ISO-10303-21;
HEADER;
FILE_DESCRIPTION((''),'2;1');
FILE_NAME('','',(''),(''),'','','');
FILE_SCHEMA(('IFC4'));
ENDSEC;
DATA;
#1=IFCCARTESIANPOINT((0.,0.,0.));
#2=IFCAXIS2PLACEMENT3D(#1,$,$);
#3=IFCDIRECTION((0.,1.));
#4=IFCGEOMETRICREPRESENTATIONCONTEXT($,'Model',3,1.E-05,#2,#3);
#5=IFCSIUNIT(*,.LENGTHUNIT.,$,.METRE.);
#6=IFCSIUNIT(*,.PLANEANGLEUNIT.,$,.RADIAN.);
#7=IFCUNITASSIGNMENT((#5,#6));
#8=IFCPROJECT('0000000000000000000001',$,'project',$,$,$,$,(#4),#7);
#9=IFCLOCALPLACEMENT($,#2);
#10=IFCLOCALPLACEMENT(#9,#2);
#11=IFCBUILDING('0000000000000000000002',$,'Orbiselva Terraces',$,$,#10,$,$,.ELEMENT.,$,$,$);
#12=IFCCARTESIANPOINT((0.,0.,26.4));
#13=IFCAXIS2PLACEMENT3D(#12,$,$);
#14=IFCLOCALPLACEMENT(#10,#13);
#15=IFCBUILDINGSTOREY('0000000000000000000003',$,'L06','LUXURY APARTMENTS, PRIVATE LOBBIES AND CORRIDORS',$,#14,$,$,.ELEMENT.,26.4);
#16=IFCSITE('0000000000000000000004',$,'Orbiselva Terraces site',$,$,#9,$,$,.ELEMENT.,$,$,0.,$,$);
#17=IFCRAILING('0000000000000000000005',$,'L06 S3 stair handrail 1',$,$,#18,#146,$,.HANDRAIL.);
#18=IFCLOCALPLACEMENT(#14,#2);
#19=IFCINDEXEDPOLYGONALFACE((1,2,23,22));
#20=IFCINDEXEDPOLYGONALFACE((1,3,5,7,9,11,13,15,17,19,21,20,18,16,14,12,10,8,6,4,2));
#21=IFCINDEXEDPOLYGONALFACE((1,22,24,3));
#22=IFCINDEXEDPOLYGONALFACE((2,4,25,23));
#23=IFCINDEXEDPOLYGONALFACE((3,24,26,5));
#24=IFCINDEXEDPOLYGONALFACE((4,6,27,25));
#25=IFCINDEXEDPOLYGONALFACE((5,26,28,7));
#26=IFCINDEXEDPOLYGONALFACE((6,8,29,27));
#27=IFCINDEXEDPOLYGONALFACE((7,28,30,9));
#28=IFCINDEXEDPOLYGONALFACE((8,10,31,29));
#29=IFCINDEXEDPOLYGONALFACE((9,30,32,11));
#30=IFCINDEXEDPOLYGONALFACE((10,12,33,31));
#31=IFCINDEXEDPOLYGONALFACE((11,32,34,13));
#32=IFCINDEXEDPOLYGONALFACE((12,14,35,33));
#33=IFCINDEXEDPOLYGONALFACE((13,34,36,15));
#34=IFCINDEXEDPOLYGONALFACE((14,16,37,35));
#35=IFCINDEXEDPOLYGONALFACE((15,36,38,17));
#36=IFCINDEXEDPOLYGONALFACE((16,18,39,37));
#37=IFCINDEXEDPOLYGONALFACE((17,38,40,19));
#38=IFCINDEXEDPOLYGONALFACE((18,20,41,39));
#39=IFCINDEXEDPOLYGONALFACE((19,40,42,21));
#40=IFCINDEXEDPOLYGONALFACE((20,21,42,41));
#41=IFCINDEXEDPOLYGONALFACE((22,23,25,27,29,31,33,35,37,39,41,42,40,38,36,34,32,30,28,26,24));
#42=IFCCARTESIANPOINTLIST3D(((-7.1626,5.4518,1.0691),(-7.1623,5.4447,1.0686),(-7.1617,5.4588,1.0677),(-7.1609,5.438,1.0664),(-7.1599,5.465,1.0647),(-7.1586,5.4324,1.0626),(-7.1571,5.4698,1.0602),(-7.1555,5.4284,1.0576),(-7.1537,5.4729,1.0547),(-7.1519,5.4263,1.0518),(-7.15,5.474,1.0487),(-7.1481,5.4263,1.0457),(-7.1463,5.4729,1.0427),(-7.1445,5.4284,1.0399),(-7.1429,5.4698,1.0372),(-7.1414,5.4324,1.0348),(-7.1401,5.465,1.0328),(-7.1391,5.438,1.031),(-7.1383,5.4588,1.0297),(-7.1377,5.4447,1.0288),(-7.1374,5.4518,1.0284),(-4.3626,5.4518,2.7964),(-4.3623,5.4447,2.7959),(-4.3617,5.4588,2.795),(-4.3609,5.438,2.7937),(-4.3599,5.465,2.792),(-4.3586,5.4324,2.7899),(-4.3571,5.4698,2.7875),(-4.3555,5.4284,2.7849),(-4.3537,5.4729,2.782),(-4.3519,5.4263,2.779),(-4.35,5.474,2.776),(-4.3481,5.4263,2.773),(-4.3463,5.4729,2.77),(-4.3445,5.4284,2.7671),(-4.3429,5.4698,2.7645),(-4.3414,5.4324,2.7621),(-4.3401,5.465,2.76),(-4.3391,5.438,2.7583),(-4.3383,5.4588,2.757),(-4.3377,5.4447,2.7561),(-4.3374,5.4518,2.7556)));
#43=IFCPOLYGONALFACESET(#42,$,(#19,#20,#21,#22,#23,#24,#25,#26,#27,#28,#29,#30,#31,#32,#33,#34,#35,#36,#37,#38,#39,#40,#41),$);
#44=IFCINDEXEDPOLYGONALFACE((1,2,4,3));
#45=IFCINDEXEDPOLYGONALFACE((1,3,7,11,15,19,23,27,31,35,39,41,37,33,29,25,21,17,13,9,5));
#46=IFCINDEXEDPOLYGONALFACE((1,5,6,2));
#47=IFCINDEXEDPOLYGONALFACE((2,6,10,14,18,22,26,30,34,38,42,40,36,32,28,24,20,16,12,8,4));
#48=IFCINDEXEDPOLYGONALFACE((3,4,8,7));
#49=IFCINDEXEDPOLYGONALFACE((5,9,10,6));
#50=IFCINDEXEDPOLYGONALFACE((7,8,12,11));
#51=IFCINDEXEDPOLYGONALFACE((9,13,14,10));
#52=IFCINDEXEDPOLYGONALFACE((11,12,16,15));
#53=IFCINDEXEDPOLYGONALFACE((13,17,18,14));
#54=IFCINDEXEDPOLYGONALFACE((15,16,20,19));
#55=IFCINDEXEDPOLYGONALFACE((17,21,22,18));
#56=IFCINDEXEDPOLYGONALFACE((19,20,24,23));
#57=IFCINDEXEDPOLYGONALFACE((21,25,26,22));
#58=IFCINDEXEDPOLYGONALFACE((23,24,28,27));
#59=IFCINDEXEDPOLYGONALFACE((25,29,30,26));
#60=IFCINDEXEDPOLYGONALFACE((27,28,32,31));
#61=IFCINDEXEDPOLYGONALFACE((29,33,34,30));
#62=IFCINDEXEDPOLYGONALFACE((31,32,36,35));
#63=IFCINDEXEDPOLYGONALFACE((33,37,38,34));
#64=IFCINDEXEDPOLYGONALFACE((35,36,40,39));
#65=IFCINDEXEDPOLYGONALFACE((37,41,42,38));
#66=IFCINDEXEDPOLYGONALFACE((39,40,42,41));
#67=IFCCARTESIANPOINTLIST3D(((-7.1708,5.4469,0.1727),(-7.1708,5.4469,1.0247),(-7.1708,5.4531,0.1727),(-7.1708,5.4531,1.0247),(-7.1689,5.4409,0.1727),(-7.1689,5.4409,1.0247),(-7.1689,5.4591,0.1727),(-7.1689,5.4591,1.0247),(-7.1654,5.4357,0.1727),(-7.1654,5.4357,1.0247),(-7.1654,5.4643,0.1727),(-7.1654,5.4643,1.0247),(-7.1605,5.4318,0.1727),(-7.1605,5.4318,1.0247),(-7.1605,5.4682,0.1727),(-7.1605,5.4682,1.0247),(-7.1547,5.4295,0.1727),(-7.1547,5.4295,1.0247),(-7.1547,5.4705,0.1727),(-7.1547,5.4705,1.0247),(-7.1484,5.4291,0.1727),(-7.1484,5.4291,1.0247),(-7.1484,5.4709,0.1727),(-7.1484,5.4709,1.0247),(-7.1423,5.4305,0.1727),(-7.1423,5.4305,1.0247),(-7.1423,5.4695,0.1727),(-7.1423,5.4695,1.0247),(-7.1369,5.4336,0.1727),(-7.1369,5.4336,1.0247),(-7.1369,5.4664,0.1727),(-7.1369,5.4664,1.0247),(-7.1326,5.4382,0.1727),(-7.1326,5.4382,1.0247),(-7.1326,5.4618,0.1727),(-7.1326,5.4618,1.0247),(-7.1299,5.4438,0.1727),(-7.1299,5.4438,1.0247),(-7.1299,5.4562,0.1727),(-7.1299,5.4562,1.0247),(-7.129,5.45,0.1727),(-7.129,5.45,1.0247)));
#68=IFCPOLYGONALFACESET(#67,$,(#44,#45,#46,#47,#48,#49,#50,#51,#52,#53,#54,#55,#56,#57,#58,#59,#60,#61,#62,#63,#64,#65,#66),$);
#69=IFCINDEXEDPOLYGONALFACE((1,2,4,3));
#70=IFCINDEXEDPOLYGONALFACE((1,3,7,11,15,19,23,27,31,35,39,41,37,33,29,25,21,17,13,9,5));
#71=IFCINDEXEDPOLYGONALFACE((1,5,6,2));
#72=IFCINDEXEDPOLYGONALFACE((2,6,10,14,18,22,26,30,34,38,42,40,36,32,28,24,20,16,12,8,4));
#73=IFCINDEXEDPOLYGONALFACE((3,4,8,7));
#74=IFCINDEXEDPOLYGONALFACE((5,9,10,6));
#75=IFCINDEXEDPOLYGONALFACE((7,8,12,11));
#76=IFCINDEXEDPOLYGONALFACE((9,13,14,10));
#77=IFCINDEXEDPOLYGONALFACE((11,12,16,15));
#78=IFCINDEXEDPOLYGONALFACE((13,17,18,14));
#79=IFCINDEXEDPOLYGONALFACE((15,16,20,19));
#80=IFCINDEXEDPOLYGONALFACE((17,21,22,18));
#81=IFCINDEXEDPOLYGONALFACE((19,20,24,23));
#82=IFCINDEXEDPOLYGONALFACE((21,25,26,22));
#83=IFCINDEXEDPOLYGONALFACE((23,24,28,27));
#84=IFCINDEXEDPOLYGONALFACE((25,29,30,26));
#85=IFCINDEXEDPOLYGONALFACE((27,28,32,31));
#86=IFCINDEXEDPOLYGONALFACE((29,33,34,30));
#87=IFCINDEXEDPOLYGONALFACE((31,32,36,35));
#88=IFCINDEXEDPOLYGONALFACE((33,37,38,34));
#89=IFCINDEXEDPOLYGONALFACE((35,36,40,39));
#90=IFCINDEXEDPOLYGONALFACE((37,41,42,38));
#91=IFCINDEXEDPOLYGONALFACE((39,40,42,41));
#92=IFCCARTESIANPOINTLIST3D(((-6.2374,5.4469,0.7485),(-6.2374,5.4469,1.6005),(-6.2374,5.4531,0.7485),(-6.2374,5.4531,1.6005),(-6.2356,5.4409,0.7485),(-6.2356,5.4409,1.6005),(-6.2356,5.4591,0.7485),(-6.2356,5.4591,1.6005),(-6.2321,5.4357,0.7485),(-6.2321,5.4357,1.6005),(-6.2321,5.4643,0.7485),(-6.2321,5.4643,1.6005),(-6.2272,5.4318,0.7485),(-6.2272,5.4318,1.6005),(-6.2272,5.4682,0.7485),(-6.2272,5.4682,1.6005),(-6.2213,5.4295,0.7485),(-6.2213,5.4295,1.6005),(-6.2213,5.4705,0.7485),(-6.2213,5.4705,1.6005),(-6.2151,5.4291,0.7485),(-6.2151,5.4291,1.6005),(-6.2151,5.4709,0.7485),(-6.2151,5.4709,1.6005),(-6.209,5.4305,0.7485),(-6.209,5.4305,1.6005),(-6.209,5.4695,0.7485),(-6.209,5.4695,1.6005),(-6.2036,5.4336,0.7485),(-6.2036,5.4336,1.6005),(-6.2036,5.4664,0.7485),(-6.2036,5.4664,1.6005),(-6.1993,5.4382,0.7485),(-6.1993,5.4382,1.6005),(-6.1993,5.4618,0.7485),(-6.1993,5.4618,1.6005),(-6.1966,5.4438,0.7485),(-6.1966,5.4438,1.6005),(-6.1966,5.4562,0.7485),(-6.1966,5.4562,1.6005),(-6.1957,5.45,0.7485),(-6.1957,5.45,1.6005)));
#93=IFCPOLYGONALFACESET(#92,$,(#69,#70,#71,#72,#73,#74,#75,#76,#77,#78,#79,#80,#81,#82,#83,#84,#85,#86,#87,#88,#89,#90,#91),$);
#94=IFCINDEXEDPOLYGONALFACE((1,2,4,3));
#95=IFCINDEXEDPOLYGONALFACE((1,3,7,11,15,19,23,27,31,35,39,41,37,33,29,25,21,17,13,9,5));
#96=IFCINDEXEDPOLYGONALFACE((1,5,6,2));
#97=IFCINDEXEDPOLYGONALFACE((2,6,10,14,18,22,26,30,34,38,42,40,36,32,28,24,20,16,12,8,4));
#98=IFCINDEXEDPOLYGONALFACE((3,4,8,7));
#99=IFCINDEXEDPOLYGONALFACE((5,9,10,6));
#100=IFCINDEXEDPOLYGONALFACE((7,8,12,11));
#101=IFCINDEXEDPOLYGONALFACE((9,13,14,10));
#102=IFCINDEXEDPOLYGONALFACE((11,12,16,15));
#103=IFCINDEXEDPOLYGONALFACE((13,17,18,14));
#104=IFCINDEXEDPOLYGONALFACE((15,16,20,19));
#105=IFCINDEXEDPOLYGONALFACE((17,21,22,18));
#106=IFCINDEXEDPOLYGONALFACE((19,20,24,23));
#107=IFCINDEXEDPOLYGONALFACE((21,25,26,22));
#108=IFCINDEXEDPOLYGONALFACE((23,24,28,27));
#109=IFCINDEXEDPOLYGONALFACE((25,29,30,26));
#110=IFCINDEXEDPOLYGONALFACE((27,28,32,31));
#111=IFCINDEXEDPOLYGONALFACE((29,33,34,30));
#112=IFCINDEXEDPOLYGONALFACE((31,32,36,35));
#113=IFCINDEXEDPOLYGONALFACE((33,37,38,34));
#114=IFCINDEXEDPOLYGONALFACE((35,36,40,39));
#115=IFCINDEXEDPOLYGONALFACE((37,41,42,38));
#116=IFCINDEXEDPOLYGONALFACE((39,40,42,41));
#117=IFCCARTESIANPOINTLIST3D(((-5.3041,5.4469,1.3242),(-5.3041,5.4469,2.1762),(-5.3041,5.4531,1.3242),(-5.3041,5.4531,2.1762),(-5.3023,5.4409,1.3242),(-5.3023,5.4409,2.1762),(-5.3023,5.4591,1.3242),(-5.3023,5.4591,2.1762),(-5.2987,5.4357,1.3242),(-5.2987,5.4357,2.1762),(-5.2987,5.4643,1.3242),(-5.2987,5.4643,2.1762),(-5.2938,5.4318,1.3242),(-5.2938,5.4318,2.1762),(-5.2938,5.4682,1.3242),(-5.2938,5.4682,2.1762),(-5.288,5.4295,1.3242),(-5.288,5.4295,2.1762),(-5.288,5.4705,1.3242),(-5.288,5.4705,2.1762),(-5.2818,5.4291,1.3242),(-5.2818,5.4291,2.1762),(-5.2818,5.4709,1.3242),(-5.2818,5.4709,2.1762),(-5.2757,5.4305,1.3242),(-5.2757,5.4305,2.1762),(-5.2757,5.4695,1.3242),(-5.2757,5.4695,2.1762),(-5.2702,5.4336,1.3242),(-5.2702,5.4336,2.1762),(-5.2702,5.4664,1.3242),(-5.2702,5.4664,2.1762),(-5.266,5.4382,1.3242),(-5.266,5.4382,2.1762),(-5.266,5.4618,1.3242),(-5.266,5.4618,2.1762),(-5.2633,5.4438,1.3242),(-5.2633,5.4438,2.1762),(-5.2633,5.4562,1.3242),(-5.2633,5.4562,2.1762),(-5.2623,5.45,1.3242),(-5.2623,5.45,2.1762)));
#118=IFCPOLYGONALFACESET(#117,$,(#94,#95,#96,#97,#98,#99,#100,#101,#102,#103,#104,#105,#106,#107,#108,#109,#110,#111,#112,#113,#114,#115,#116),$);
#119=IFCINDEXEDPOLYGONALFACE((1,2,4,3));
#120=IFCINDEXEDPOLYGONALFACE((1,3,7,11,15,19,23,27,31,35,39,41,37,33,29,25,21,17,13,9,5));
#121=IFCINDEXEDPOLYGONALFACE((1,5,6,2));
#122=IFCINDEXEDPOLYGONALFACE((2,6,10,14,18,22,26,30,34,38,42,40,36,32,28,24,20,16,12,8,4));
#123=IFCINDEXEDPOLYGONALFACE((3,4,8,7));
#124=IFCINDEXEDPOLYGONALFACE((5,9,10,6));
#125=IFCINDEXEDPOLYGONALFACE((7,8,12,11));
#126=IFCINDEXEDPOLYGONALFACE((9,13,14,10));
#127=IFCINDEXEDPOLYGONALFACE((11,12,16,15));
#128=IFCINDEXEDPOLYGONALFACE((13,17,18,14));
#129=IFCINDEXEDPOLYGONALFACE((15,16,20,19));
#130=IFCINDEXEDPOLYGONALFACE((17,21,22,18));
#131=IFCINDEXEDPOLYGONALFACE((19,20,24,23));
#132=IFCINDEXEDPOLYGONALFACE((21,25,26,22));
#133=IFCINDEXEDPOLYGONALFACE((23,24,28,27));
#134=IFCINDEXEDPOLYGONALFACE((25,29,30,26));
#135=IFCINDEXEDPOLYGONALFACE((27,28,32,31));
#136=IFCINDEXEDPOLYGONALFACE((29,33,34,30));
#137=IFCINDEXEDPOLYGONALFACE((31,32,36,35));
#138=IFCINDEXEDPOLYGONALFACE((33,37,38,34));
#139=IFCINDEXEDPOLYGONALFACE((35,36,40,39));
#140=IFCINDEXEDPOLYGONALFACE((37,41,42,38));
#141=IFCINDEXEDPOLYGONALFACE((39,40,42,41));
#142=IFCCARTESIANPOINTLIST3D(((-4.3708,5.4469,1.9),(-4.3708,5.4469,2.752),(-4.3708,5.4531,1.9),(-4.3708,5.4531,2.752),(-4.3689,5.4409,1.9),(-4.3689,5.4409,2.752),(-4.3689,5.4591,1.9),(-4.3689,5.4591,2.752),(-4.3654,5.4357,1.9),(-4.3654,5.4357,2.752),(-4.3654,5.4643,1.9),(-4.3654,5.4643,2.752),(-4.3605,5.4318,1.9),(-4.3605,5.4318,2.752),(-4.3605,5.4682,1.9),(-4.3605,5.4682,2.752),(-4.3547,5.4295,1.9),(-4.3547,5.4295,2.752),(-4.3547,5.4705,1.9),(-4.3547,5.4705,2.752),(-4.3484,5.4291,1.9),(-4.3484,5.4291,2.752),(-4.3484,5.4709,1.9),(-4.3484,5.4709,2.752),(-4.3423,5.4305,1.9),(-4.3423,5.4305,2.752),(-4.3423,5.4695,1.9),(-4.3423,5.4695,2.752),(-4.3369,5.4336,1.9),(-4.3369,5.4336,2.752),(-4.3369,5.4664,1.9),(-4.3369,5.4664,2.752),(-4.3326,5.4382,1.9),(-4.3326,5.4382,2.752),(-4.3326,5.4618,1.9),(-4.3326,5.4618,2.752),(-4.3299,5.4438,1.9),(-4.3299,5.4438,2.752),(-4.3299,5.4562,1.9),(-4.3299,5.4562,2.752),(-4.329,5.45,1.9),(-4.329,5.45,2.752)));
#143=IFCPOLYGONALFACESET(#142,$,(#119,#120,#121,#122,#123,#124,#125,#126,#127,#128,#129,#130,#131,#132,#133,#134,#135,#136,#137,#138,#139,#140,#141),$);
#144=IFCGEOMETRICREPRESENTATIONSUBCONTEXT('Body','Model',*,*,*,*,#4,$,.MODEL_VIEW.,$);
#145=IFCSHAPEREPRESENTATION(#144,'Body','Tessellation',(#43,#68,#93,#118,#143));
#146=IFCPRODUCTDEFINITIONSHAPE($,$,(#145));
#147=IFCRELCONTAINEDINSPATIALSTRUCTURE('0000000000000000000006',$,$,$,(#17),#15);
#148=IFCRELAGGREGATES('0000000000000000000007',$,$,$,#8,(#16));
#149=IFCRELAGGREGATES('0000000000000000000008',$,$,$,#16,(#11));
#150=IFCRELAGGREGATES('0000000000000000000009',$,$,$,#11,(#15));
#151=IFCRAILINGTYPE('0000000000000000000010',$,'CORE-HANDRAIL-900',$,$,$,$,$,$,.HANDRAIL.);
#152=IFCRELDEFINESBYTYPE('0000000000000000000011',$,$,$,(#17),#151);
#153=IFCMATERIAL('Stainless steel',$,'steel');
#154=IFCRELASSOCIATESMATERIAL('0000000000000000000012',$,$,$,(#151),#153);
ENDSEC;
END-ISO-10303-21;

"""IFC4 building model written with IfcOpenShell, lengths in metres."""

from ifc_helpers import new_model, si_unit, direction, frame, origin, origin_2d, place, context, subcontext, project, spatial, circle, extrude, material, type_object, element, save


model = new_model("IFC4")

# Units and contexts
model_context = context("Model", 3, precision=1e-05, world=origin(), true_north=direction((0.0, 1.0)))
body_context = subcontext(model_context, "Body", "Model", "MODEL_VIEW")
ifc_project = project(units=[si_unit("LENGTHUNIT", "METRE"), si_unit("PLANEANGLEUNIT", "RADIAN")], contexts=[model_context])

# Site, building, storey
site_placement = place(None, origin())
site = spatial("IfcSite", under=ifc_project, at=site_placement, Name="Orbiselva Terraces site", CompositionType="ELEMENT", RefElevation=0.0)
building_placement = place(site_placement, origin())
building = spatial("IfcBuilding", under=site, at=building_placement, Name="Orbiselva Terraces", CompositionType="ELEMENT")
storey_placement = place(building_placement, frame((0.0, 0.0, 26.4)))
storey = spatial("IfcBuildingStorey", under=building, at=storey_placement, Name="L06", Description="LUXURY APARTMENTS, PRIVATE LOBBIES AND CORRIDORS", CompositionType="ELEMENT", Elevation=26.4)

# Railing
ifc_material_1 = material(Name="Stainless steel", Category="steel")
railing_type_1 = type_object("IfcRailingType", Name="CORE-HANDRAIL-900", PredefinedType="HANDRAIL", material=ifc_material_1)
railing_1_placement = place(storey_placement, frame((-7.15, 5.45, 0.1727)))
element("IfcRailing", 1, at=railing_1_placement, inside=storey, type_object=railing_type_1, Name="L06 S3 stair handrail 1", PredefinedType="HANDRAIL", context=body_context, shape_type="SweptSolid", body=[
    extrude(circle(Radius=0.024, at=origin_2d()), frame((0.0, 0.0, 0.876), z_axis=(0.851089, 0.0, 0.525022), x_axis=(0.0, 1.0, 0.0)), (0.0, 0.0, 1.0), 3.2899),
    extrude(circle(Radius=0.021, at=origin_2d()), origin(), (0.0, 0.0, 1.0), 0.852),
    extrude(circle(Radius=0.021, at=origin_2d()), frame((0.9333, 0.0, 0.5758)), (0.0, 0.0, 1.0), 0.852),
    extrude(circle(Radius=0.021, at=origin_2d()), frame((1.8667, 0.0, 1.1515)), (0.0, 0.0, 1.0), 0.852),
    extrude(circle(Radius=0.021, at=origin_2d()), frame((2.8, 0.0, 1.7273)), (0.0, 0.0, 1.0), 0.852),
])

save(model, "model.ifc")
